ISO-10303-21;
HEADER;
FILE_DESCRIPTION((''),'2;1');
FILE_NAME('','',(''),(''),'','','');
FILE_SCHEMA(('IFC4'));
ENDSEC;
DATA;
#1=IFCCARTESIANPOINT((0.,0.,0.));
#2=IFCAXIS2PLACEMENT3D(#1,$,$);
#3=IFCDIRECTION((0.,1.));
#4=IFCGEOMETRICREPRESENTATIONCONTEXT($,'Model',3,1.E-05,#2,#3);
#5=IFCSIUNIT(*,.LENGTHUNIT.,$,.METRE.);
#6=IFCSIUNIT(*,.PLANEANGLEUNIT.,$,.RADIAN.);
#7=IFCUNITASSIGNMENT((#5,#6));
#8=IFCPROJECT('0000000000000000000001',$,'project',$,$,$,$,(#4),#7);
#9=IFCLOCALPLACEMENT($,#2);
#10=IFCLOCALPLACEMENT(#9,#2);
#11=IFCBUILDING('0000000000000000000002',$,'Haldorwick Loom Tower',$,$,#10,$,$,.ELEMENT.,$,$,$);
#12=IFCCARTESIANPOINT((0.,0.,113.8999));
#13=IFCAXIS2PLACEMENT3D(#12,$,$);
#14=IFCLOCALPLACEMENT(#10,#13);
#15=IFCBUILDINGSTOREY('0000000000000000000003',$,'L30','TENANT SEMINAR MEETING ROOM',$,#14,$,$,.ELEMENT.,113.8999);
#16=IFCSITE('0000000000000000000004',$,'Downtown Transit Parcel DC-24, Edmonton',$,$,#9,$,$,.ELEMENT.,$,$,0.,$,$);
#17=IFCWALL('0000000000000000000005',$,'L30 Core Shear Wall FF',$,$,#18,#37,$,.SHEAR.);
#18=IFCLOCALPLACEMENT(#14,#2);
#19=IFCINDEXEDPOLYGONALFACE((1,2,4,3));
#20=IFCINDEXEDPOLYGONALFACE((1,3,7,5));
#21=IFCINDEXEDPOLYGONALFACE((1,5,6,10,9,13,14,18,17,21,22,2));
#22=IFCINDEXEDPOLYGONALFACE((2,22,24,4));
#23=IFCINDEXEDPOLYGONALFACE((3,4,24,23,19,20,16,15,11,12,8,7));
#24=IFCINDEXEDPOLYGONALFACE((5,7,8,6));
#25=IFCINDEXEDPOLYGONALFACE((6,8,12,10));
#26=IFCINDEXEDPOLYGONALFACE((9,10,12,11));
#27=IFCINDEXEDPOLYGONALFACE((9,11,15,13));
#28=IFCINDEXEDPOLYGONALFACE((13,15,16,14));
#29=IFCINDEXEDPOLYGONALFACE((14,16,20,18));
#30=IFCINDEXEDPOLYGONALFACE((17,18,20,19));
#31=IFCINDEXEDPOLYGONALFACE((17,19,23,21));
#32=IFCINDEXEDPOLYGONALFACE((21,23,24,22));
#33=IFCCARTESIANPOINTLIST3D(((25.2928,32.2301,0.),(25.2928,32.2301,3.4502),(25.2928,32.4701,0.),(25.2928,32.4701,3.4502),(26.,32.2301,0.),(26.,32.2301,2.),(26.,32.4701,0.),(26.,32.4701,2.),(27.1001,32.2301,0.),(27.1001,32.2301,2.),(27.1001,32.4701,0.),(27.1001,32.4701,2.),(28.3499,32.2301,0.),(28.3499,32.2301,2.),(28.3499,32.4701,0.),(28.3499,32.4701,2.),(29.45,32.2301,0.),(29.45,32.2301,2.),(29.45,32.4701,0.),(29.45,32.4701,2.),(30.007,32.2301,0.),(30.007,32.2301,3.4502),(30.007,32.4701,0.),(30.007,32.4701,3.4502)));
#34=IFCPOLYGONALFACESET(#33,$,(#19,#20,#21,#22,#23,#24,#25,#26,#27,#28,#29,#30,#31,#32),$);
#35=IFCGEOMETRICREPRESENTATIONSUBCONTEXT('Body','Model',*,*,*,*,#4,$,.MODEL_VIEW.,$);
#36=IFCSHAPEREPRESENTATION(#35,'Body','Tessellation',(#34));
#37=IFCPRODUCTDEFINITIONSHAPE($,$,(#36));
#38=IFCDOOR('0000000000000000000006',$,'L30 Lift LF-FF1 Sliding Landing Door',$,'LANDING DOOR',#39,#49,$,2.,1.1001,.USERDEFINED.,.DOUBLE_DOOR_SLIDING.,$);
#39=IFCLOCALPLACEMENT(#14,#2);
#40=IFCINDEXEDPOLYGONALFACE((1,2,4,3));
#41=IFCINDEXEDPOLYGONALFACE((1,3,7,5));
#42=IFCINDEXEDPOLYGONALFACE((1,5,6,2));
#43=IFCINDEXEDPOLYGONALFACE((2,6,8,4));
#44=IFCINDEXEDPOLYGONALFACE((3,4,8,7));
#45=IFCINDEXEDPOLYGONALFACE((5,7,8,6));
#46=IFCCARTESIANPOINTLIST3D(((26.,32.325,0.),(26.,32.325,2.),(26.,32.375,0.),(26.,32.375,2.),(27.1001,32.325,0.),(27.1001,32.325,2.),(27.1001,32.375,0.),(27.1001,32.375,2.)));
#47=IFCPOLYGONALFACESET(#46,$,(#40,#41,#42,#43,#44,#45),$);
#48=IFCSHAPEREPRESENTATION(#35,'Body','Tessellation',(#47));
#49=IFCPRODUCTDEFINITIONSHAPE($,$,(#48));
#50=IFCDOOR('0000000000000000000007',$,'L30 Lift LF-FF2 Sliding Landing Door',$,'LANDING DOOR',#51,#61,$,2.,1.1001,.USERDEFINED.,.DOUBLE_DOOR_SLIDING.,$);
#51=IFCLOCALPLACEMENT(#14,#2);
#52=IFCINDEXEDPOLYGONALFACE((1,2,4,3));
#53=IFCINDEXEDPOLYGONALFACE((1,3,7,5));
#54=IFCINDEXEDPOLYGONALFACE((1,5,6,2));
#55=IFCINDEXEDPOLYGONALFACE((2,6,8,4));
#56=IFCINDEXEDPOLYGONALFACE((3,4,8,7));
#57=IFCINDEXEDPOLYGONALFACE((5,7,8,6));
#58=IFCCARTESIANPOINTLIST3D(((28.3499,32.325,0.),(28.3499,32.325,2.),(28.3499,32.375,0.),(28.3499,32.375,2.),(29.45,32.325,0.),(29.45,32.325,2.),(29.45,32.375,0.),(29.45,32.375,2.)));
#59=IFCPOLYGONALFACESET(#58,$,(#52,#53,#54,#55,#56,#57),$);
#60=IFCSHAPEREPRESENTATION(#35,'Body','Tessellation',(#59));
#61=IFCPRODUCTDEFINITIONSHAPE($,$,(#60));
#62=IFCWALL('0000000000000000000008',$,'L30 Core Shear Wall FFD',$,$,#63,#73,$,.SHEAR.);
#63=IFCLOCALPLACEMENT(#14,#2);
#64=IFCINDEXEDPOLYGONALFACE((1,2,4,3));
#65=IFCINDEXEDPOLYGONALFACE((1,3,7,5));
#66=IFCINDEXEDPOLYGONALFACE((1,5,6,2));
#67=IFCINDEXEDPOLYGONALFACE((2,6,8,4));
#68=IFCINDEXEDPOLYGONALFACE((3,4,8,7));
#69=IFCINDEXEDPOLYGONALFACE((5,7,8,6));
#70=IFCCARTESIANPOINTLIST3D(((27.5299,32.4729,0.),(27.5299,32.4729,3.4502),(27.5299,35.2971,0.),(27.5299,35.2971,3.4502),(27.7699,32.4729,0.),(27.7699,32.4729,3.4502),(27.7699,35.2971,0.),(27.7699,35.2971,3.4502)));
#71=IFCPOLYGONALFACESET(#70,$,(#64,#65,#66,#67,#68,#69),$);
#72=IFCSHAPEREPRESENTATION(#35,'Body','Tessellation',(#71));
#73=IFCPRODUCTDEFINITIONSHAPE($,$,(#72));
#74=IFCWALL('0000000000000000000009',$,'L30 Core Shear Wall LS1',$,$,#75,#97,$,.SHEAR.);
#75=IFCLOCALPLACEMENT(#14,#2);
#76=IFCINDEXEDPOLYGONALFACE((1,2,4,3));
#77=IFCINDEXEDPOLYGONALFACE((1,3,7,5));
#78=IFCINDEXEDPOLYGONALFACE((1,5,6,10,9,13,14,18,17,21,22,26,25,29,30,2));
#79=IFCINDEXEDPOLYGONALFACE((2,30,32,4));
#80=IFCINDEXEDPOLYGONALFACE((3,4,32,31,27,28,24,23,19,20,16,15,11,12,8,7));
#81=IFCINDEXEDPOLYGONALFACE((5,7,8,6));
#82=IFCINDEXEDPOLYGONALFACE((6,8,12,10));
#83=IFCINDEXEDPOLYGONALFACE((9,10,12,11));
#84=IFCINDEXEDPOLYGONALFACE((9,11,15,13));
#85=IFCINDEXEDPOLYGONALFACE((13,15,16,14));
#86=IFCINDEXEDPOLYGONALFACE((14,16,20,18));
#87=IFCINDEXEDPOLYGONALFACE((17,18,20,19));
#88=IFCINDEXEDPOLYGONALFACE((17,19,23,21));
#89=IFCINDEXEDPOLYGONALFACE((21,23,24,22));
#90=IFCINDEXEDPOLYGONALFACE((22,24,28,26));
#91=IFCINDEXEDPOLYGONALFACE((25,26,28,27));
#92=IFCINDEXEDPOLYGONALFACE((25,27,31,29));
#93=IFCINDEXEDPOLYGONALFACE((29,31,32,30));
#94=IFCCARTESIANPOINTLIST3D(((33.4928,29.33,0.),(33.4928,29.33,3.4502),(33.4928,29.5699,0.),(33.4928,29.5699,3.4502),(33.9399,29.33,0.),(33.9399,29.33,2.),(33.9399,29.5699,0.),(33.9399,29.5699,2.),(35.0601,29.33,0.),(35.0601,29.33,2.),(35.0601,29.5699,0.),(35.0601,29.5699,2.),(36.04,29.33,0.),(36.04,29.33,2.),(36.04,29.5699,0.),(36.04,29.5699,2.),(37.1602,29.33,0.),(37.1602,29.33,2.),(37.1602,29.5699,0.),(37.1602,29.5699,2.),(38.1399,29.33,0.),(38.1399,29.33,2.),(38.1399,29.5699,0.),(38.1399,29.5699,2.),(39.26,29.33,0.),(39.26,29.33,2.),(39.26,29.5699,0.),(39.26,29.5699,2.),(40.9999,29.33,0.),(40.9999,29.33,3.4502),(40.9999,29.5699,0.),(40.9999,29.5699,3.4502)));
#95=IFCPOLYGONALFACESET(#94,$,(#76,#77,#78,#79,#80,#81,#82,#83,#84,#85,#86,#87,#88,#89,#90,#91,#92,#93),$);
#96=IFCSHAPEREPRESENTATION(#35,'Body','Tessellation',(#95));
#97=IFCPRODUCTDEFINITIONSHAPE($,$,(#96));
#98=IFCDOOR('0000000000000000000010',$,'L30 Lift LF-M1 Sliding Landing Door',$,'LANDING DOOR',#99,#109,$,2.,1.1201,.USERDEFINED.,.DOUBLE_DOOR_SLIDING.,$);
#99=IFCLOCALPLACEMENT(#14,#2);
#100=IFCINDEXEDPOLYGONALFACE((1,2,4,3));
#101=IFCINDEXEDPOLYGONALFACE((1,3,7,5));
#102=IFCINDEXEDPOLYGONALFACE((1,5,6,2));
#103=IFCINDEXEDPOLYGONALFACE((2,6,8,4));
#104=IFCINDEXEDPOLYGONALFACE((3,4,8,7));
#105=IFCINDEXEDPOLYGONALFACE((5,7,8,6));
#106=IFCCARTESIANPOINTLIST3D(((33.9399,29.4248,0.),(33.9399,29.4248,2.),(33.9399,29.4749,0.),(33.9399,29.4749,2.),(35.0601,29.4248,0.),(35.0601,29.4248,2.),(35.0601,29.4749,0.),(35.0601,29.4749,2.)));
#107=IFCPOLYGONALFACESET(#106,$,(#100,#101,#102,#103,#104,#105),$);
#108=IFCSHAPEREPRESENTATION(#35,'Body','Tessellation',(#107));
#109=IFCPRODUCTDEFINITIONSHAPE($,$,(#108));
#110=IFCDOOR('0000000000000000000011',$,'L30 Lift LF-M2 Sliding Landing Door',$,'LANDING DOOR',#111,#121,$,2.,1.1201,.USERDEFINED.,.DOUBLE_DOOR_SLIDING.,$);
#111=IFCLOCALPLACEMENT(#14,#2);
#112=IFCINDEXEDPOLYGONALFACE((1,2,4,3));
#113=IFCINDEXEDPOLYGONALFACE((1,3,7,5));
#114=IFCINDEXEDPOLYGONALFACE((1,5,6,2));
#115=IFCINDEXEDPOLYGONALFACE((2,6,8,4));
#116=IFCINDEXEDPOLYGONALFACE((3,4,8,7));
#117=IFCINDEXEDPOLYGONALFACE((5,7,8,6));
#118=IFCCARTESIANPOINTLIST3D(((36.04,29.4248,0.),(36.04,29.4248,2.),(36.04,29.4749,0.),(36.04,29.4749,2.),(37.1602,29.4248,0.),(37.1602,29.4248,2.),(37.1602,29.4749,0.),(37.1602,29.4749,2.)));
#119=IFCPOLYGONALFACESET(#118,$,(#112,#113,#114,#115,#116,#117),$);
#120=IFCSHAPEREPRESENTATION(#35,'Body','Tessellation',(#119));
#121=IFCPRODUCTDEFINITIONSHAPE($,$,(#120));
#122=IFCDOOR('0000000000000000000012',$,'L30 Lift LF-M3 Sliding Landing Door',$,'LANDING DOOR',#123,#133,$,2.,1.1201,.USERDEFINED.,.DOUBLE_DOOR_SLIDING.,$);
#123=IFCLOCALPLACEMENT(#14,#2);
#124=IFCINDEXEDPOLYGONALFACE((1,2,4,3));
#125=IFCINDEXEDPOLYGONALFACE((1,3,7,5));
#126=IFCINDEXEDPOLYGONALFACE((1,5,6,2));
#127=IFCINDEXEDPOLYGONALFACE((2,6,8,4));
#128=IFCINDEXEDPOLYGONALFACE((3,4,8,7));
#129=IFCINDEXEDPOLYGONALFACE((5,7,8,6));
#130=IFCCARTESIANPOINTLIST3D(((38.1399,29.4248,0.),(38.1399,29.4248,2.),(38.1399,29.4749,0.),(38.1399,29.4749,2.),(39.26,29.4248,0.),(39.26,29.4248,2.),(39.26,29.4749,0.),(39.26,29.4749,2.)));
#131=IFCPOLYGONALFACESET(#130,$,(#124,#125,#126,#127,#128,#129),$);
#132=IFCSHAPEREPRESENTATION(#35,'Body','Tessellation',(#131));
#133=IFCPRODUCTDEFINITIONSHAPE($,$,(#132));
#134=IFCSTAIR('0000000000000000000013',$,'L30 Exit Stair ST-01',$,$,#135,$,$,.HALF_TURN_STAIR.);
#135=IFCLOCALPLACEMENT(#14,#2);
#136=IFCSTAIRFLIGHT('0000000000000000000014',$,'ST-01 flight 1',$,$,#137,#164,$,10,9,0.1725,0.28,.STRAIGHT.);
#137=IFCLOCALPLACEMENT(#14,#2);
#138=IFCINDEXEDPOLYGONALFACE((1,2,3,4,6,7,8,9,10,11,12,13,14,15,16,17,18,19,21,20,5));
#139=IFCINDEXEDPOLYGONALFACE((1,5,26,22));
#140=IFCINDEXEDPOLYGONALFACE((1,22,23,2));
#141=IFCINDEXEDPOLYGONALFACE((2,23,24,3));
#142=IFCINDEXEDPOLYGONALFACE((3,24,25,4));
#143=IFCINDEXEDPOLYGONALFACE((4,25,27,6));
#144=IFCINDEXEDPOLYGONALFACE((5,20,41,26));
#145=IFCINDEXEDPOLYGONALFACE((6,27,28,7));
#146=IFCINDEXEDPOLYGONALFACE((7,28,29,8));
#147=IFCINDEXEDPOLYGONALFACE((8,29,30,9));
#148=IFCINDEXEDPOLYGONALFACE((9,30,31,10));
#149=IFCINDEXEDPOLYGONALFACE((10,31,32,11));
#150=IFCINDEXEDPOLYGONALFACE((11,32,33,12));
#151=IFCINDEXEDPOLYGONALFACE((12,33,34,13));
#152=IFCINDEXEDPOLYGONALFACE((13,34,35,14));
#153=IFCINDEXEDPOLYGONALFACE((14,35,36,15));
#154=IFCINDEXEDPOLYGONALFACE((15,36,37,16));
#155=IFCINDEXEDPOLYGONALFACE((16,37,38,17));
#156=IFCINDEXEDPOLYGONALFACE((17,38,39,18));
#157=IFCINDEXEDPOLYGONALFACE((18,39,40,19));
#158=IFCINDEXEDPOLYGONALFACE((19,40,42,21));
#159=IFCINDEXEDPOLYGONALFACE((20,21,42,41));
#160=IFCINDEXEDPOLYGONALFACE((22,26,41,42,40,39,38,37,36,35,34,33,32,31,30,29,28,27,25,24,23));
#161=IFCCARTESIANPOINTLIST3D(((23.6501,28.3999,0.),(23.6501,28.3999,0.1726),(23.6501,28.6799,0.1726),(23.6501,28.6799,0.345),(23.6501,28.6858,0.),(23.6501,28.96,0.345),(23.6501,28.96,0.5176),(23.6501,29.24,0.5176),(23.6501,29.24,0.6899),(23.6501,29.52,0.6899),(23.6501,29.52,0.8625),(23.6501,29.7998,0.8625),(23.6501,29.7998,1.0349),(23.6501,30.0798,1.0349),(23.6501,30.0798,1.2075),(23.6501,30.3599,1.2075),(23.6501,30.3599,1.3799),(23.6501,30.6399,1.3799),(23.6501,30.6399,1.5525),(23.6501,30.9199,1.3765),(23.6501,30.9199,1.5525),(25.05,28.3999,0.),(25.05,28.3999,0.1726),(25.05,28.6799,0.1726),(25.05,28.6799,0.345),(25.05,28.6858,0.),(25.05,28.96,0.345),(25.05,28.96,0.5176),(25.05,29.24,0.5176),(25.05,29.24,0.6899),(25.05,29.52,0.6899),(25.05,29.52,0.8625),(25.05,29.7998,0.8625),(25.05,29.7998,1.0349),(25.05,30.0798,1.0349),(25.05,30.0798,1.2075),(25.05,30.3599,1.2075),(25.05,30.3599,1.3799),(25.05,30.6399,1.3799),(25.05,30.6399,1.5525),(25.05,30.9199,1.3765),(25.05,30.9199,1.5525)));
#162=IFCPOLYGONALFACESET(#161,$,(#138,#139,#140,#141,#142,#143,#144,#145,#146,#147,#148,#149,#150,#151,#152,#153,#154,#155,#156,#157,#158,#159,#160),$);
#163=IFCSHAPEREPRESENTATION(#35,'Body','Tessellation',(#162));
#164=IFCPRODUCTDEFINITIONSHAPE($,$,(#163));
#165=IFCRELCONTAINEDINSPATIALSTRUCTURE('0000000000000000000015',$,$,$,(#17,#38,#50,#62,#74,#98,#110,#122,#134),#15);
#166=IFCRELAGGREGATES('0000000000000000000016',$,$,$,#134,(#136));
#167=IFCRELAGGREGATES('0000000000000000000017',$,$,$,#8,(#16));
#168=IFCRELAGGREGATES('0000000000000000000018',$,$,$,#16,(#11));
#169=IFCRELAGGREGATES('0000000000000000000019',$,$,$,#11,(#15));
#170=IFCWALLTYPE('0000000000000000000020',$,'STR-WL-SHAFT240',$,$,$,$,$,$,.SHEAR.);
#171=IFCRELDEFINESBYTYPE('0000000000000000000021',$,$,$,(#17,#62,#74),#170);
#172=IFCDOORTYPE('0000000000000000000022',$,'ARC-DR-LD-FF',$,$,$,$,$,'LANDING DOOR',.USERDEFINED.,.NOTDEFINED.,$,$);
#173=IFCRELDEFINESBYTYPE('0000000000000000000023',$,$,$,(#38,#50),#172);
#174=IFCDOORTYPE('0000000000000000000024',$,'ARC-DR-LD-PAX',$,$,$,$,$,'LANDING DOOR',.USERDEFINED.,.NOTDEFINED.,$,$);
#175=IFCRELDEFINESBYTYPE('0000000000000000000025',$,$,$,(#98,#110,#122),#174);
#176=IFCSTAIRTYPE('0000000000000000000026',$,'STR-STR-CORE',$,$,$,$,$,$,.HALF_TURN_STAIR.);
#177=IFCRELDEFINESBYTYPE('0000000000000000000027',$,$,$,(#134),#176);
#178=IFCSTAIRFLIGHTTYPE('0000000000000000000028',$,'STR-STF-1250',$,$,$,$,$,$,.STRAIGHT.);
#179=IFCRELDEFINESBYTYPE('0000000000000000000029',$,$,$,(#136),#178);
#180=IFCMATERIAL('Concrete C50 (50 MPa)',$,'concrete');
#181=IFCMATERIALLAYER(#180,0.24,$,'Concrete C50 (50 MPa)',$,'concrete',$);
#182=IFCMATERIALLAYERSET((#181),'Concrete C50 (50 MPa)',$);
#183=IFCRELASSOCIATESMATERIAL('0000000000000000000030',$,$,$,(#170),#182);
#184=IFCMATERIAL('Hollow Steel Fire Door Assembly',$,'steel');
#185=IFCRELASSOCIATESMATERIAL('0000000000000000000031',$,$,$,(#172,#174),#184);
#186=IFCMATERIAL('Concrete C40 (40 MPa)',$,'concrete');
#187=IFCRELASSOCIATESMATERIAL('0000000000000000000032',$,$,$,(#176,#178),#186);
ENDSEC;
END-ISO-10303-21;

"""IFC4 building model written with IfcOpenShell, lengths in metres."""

from ifc_helpers import new_model, si_unit, direction, frame, frame_2d, origin, place, context, subcontext, project, spatial, polyline, rectangle, outline, extrude, material, layer, layer_set, type_object, element, fill, aggregate, save


model = new_model("IFC4")

# Units and contexts
model_context = context("Model", 3, precision=1e-05, world=origin(), true_north=direction((0.0, 1.0)))
body_context = subcontext(model_context, "Body", "Model", "MODEL_VIEW")
ifc_project = project(units=[si_unit("LENGTHUNIT", "METRE"), si_unit("PLANEANGLEUNIT", "RADIAN")], contexts=[model_context])

# Site, building, storey
site_placement = place(None, origin())
site = spatial("IfcSite", under=ifc_project, at=site_placement, Name="Downtown Transit Parcel DC-24, Edmonton", CompositionType="ELEMENT", RefElevation=0.0)
building_placement = place(site_placement, origin())
building = spatial("IfcBuilding", under=site, at=building_placement, Name="Haldorwick Loom Tower", CompositionType="ELEMENT")
storey_placement = place(building_placement, frame((0.0, 0.0, 113.8999)))
storey = spatial("IfcBuildingStorey", under=building, at=storey_placement, Name="L30", Description="TENANT SEMINAR MEETING ROOM", CompositionType="ELEMENT", Elevation=113.8999)

# Shared definitions
ifc_material_1 = material(Name="Concrete C50 (50 MPa)", Category="concrete")
ifc_layer_1 = layer(ifc_material_1, 0.24, Name="Concrete C50 (50 MPa)", Category="concrete")
ifc_layer_set_1 = layer_set([ifc_layer_1], Name="Concrete C50 (50 MPa)")
wall_type_1 = type_object("IfcWallType", Name="STR-WL-SHAFT240", PredefinedType="SHEAR", material=ifc_layer_set_1)

# Wall, openings, doors
wall_1_placement = place(storey_placement, frame((25.293, 32.3501, 0.0), z_axis=(0.0, 0.0, 1.0), x_axis=(1.0, 0.0, 0.0)))
wall_1 = element("IfcWall", 1, at=wall_1_placement, inside=storey, type_object=wall_type_1, Name="L30 Core Shear Wall FF", PredefinedType="SHEAR", context=body_context, shape_type="SweptSolid", body=[
    extrude(rectangle(XDim=4.7141, YDim=0.24, at=frame_2d((2.3569, 0.0))), origin(), (0.0, 0.0, 1.0), 3.4502),
])
opening_1_placement = place(wall_1_placement, frame((0.707, 0.0, 0.0)))
opening_1 = element("IfcOpeningElement", 2, at=opening_1_placement, cuts=wall_1, PredefinedType="OPENING", context=body_context, shape_type="SweptSolid", body=[
    extrude(rectangle(XDim=1.1001, YDim=2.0, at=frame_2d((0.55, 1.0))), frame((0.0, 0.1299, 0.0), z_axis=(0.0, -1.0, 0.0), x_axis=(1.0, 0.0, 0.0)), (0.0, 0.0, 1.0), 0.26),
])
opening_2_placement = place(wall_1_placement, frame((3.0569, 0.0, 0.0)))
opening_2 = element("IfcOpeningElement", 3, at=opening_2_placement, cuts=wall_1, PredefinedType="OPENING", context=body_context, shape_type="SweptSolid", body=[
    extrude(rectangle(XDim=1.1001, YDim=2.0, at=frame_2d((0.55, 1.0))), frame((0.0, 0.1299, 0.0), z_axis=(0.0, -1.0, 0.0), x_axis=(1.0, 0.0, 0.0)), (0.0, 0.0, 1.0), 0.26),
])
ifc_material_2 = material(Name="Hollow Steel Fire Door Assembly", Category="steel")
door_type_1 = type_object("IfcDoorType", Name="ARC-DR-LD-FF", ElementType="LANDING DOOR", OperationType="NOTDEFINED", PredefinedType="USERDEFINED", material=ifc_material_2)
door_1_placement = place(opening_1_placement, origin())
door_1 = element("IfcDoor", 4, at=door_1_placement, inside=storey, type_object=door_type_1, Name="L30 Lift LF-FF1 Sliding Landing Door", ObjectType="LANDING DOOR", OperationType="DOUBLE_DOOR_SLIDING", OverallHeight=2.0, OverallWidth=1.1001, PredefinedType="USERDEFINED", context=body_context, shape_type="SweptSolid", body=[
    extrude(rectangle(XDim=1.1001, YDim=2.0, at=frame_2d((0.55, 1.0))), frame((0.0, 0.0249, 0.0), z_axis=(0.0, -1.0, 0.0), x_axis=(1.0, 0.0, 0.0)), (0.0, 0.0, 1.0), 0.05),
])
fill(opening_1, door_1)
door_2_placement = place(opening_2_placement, origin())
door_2 = element("IfcDoor", 5, at=door_2_placement, inside=storey, type_object=door_type_1, Name="L30 Lift LF-FF2 Sliding Landing Door", ObjectType="LANDING DOOR", OperationType="DOUBLE_DOOR_SLIDING", OverallHeight=2.0, OverallWidth=1.1001, PredefinedType="USERDEFINED", context=body_context, shape_type="SweptSolid", body=[
    extrude(rectangle(XDim=1.1001, YDim=2.0, at=frame_2d((0.55, 1.0))), frame((0.0, 0.0249, 0.0), z_axis=(0.0, -1.0, 0.0), x_axis=(1.0, 0.0, 0.0)), (0.0, 0.0, 1.0), 0.05),
])
fill(opening_2, door_2)

# Wall
wall_2_placement = place(storey_placement, frame((27.6499, 32.4729, 0.0), z_axis=(0.0, 0.0, 1.0), x_axis=(0.0, 1.0, 0.0)))
element("IfcWall", 6, at=wall_2_placement, inside=storey, type_object=wall_type_1, Name="L30 Core Shear Wall FFD", PredefinedType="SHEAR", context=body_context, shape_type="SweptSolid", body=[
    extrude(rectangle(XDim=2.8242, YDim=0.24, at=frame_2d((1.4121, 0.0))), origin(), (0.0, 0.0, 1.0), 3.4502),
])

# Wall, openings, doors
wall_3_placement = place(storey_placement, frame((33.4929, 29.45, 0.0), z_axis=(0.0, 0.0, 1.0), x_axis=(1.0, 0.0, 0.0)))
wall_3 = element("IfcWall", 7, at=wall_3_placement, inside=storey, type_object=wall_type_1, Name="L30 Core Shear Wall LS1", PredefinedType="SHEAR", context=body_context, shape_type="SweptSolid", body=[
    extrude(rectangle(XDim=7.5071, YDim=0.24, at=frame_2d((3.7534, 0.0))), origin(), (0.0, 0.0, 1.0), 3.4502),
])
opening_3_placement = place(wall_3_placement, frame((0.447, 0.0, 0.0)))
opening_3 = element("IfcOpeningElement", 8, at=opening_3_placement, cuts=wall_3, PredefinedType="OPENING", context=body_context, shape_type="SweptSolid", body=[
    extrude(rectangle(XDim=1.1201, YDim=2.0, at=frame_2d((0.5601, 1.0))), frame((0.0, 0.1299, 0.0), z_axis=(0.0, -1.0, 0.0), x_axis=(1.0, 0.0, 0.0)), (0.0, 0.0, 1.0), 0.26),
])
opening_4_placement = place(wall_3_placement, frame((2.5471, 0.0, 0.0)))
opening_4 = element("IfcOpeningElement", 9, at=opening_4_placement, cuts=wall_3, PredefinedType="OPENING", context=body_context, shape_type="SweptSolid", body=[
    extrude(rectangle(XDim=1.1201, YDim=2.0, at=frame_2d((0.5601, 1.0))), frame((0.0, 0.1299, 0.0), z_axis=(0.0, -1.0, 0.0), x_axis=(1.0, 0.0, 0.0)), (0.0, 0.0, 1.0), 0.26),
])
opening_5_placement = place(wall_3_placement, frame((4.647, 0.0, 0.0)))
opening_5 = element("IfcOpeningElement", 10, at=opening_5_placement, cuts=wall_3, PredefinedType="OPENING", context=body_context, shape_type="SweptSolid", body=[
    extrude(rectangle(XDim=1.1201, YDim=2.0, at=frame_2d((0.5601, 1.0))), frame((0.0, 0.1299, 0.0), z_axis=(0.0, -1.0, 0.0), x_axis=(1.0, 0.0, 0.0)), (0.0, 0.0, 1.0), 0.26),
])
door_type_2 = type_object("IfcDoorType", Name="ARC-DR-LD-PAX", ElementType="LANDING DOOR", OperationType="NOTDEFINED", PredefinedType="USERDEFINED", material=ifc_material_2)
door_3_placement = place(opening_3_placement, origin())
door_3 = element("IfcDoor", 11, at=door_3_placement, inside=storey, type_object=door_type_2, Name="L30 Lift LF-M1 Sliding Landing Door", ObjectType="LANDING DOOR", OperationType="DOUBLE_DOOR_SLIDING", OverallHeight=2.0, OverallWidth=1.1201, PredefinedType="USERDEFINED", context=body_context, shape_type="SweptSolid", body=[
    extrude(rectangle(XDim=1.1201, YDim=2.0, at=frame_2d((0.5601, 1.0))), frame((0.0, 0.0249, 0.0), z_axis=(0.0, -1.0, 0.0), x_axis=(1.0, 0.0, 0.0)), (0.0, 0.0, 1.0), 0.05),
])
fill(opening_3, door_3)
door_4_placement = place(opening_4_placement, origin())
door_4 = element("IfcDoor", 12, at=door_4_placement, inside=storey, type_object=door_type_2, Name="L30 Lift LF-M2 Sliding Landing Door", ObjectType="LANDING DOOR", OperationType="DOUBLE_DOOR_SLIDING", OverallHeight=2.0, OverallWidth=1.1201, PredefinedType="USERDEFINED", context=body_context, shape_type="SweptSolid", body=[
    extrude(rectangle(XDim=1.1201, YDim=2.0, at=frame_2d((0.5601, 1.0))), frame((0.0, 0.0249, 0.0), z_axis=(0.0, -1.0, 0.0), x_axis=(1.0, 0.0, 0.0)), (0.0, 0.0, 1.0), 0.05),
])
fill(opening_4, door_4)
door_5_placement = place(opening_5_placement, origin())
door_5 = element("IfcDoor", 13, at=door_5_placement, inside=storey, type_object=door_type_2, Name="L30 Lift LF-M3 Sliding Landing Door", ObjectType="LANDING DOOR", OperationType="DOUBLE_DOOR_SLIDING", OverallHeight=2.0, OverallWidth=1.1201, PredefinedType="USERDEFINED", context=body_context, shape_type="SweptSolid", body=[
    extrude(rectangle(XDim=1.1201, YDim=2.0, at=frame_2d((0.5601, 1.0))), frame((0.0, 0.0249, 0.0), z_axis=(0.0, -1.0, 0.0), x_axis=(1.0, 0.0, 0.0)), (0.0, 0.0, 1.0), 0.05),
])
fill(opening_5, door_5)

# Stair, stair flight
ifc_material_3 = material(Name="Concrete C40 (40 MPa)", Category="concrete")
stair_type = type_object("IfcStairType", Name="STR-STR-CORE", PredefinedType="HALF_TURN_STAIR", material=ifc_material_3)
stair_1_placement = place(storey_placement, origin())
stair_1 = element("IfcStair", 14, at=stair_1_placement, inside=storey, type_object=stair_type, Name="L30 Exit Stair ST-01", PredefinedType="HALF_TURN_STAIR")
stair_flight_type = type_object("IfcStairFlightType", Name="STR-STF-1250", PredefinedType="STRAIGHT", material=ifc_material_3)
stair_flight_1_placement = place(storey_placement, frame((24.3501, 28.3999, 0.0), z_axis=(0.0, 0.0, 1.0), x_axis=(0.0, 1.0, 0.0)))
stair_flight_1 = element("IfcStairFlight", 15, at=stair_flight_1_placement, type_object=stair_flight_type, Name="ST-01 flight 1", NumberOfRisers=10, NumberOfTreads=9, PredefinedType="STRAIGHT", RiserHeight=0.1725, TreadLength=0.28, context=body_context, shape_type="SweptSolid", body=[
    extrude(outline(polyline([(0.0, 0.0), (0.0, 0.1726), (0.28, 0.1726), (0.28, 0.345), (0.5601, 0.345), (0.5601, 0.5176), (0.8401, 0.5176), (0.8401, 0.6899), (1.1201, 0.6899), (1.1201, 0.8625), (1.3999, 0.8625), (1.3999, 1.0349), (1.6799, 1.0349), (1.6799, 1.2075), (1.96, 1.2075), (1.96, 1.3799), (2.24, 1.3799), (2.24, 1.5525), (2.52, 1.5525), (2.52, 1.7251), (2.52, 1.3765), (0.2859, 0.0), (0.0, 0.0)])), frame((0.0, 0.7, 0.0), z_axis=(0.0, -1.0, 0.0), x_axis=(1.0, 0.0, 0.0)), (0.0, 0.0, 1.0), 1.3999),
])
aggregate(stair_1, [stair_flight_1])

save(model, "model.ifc")
